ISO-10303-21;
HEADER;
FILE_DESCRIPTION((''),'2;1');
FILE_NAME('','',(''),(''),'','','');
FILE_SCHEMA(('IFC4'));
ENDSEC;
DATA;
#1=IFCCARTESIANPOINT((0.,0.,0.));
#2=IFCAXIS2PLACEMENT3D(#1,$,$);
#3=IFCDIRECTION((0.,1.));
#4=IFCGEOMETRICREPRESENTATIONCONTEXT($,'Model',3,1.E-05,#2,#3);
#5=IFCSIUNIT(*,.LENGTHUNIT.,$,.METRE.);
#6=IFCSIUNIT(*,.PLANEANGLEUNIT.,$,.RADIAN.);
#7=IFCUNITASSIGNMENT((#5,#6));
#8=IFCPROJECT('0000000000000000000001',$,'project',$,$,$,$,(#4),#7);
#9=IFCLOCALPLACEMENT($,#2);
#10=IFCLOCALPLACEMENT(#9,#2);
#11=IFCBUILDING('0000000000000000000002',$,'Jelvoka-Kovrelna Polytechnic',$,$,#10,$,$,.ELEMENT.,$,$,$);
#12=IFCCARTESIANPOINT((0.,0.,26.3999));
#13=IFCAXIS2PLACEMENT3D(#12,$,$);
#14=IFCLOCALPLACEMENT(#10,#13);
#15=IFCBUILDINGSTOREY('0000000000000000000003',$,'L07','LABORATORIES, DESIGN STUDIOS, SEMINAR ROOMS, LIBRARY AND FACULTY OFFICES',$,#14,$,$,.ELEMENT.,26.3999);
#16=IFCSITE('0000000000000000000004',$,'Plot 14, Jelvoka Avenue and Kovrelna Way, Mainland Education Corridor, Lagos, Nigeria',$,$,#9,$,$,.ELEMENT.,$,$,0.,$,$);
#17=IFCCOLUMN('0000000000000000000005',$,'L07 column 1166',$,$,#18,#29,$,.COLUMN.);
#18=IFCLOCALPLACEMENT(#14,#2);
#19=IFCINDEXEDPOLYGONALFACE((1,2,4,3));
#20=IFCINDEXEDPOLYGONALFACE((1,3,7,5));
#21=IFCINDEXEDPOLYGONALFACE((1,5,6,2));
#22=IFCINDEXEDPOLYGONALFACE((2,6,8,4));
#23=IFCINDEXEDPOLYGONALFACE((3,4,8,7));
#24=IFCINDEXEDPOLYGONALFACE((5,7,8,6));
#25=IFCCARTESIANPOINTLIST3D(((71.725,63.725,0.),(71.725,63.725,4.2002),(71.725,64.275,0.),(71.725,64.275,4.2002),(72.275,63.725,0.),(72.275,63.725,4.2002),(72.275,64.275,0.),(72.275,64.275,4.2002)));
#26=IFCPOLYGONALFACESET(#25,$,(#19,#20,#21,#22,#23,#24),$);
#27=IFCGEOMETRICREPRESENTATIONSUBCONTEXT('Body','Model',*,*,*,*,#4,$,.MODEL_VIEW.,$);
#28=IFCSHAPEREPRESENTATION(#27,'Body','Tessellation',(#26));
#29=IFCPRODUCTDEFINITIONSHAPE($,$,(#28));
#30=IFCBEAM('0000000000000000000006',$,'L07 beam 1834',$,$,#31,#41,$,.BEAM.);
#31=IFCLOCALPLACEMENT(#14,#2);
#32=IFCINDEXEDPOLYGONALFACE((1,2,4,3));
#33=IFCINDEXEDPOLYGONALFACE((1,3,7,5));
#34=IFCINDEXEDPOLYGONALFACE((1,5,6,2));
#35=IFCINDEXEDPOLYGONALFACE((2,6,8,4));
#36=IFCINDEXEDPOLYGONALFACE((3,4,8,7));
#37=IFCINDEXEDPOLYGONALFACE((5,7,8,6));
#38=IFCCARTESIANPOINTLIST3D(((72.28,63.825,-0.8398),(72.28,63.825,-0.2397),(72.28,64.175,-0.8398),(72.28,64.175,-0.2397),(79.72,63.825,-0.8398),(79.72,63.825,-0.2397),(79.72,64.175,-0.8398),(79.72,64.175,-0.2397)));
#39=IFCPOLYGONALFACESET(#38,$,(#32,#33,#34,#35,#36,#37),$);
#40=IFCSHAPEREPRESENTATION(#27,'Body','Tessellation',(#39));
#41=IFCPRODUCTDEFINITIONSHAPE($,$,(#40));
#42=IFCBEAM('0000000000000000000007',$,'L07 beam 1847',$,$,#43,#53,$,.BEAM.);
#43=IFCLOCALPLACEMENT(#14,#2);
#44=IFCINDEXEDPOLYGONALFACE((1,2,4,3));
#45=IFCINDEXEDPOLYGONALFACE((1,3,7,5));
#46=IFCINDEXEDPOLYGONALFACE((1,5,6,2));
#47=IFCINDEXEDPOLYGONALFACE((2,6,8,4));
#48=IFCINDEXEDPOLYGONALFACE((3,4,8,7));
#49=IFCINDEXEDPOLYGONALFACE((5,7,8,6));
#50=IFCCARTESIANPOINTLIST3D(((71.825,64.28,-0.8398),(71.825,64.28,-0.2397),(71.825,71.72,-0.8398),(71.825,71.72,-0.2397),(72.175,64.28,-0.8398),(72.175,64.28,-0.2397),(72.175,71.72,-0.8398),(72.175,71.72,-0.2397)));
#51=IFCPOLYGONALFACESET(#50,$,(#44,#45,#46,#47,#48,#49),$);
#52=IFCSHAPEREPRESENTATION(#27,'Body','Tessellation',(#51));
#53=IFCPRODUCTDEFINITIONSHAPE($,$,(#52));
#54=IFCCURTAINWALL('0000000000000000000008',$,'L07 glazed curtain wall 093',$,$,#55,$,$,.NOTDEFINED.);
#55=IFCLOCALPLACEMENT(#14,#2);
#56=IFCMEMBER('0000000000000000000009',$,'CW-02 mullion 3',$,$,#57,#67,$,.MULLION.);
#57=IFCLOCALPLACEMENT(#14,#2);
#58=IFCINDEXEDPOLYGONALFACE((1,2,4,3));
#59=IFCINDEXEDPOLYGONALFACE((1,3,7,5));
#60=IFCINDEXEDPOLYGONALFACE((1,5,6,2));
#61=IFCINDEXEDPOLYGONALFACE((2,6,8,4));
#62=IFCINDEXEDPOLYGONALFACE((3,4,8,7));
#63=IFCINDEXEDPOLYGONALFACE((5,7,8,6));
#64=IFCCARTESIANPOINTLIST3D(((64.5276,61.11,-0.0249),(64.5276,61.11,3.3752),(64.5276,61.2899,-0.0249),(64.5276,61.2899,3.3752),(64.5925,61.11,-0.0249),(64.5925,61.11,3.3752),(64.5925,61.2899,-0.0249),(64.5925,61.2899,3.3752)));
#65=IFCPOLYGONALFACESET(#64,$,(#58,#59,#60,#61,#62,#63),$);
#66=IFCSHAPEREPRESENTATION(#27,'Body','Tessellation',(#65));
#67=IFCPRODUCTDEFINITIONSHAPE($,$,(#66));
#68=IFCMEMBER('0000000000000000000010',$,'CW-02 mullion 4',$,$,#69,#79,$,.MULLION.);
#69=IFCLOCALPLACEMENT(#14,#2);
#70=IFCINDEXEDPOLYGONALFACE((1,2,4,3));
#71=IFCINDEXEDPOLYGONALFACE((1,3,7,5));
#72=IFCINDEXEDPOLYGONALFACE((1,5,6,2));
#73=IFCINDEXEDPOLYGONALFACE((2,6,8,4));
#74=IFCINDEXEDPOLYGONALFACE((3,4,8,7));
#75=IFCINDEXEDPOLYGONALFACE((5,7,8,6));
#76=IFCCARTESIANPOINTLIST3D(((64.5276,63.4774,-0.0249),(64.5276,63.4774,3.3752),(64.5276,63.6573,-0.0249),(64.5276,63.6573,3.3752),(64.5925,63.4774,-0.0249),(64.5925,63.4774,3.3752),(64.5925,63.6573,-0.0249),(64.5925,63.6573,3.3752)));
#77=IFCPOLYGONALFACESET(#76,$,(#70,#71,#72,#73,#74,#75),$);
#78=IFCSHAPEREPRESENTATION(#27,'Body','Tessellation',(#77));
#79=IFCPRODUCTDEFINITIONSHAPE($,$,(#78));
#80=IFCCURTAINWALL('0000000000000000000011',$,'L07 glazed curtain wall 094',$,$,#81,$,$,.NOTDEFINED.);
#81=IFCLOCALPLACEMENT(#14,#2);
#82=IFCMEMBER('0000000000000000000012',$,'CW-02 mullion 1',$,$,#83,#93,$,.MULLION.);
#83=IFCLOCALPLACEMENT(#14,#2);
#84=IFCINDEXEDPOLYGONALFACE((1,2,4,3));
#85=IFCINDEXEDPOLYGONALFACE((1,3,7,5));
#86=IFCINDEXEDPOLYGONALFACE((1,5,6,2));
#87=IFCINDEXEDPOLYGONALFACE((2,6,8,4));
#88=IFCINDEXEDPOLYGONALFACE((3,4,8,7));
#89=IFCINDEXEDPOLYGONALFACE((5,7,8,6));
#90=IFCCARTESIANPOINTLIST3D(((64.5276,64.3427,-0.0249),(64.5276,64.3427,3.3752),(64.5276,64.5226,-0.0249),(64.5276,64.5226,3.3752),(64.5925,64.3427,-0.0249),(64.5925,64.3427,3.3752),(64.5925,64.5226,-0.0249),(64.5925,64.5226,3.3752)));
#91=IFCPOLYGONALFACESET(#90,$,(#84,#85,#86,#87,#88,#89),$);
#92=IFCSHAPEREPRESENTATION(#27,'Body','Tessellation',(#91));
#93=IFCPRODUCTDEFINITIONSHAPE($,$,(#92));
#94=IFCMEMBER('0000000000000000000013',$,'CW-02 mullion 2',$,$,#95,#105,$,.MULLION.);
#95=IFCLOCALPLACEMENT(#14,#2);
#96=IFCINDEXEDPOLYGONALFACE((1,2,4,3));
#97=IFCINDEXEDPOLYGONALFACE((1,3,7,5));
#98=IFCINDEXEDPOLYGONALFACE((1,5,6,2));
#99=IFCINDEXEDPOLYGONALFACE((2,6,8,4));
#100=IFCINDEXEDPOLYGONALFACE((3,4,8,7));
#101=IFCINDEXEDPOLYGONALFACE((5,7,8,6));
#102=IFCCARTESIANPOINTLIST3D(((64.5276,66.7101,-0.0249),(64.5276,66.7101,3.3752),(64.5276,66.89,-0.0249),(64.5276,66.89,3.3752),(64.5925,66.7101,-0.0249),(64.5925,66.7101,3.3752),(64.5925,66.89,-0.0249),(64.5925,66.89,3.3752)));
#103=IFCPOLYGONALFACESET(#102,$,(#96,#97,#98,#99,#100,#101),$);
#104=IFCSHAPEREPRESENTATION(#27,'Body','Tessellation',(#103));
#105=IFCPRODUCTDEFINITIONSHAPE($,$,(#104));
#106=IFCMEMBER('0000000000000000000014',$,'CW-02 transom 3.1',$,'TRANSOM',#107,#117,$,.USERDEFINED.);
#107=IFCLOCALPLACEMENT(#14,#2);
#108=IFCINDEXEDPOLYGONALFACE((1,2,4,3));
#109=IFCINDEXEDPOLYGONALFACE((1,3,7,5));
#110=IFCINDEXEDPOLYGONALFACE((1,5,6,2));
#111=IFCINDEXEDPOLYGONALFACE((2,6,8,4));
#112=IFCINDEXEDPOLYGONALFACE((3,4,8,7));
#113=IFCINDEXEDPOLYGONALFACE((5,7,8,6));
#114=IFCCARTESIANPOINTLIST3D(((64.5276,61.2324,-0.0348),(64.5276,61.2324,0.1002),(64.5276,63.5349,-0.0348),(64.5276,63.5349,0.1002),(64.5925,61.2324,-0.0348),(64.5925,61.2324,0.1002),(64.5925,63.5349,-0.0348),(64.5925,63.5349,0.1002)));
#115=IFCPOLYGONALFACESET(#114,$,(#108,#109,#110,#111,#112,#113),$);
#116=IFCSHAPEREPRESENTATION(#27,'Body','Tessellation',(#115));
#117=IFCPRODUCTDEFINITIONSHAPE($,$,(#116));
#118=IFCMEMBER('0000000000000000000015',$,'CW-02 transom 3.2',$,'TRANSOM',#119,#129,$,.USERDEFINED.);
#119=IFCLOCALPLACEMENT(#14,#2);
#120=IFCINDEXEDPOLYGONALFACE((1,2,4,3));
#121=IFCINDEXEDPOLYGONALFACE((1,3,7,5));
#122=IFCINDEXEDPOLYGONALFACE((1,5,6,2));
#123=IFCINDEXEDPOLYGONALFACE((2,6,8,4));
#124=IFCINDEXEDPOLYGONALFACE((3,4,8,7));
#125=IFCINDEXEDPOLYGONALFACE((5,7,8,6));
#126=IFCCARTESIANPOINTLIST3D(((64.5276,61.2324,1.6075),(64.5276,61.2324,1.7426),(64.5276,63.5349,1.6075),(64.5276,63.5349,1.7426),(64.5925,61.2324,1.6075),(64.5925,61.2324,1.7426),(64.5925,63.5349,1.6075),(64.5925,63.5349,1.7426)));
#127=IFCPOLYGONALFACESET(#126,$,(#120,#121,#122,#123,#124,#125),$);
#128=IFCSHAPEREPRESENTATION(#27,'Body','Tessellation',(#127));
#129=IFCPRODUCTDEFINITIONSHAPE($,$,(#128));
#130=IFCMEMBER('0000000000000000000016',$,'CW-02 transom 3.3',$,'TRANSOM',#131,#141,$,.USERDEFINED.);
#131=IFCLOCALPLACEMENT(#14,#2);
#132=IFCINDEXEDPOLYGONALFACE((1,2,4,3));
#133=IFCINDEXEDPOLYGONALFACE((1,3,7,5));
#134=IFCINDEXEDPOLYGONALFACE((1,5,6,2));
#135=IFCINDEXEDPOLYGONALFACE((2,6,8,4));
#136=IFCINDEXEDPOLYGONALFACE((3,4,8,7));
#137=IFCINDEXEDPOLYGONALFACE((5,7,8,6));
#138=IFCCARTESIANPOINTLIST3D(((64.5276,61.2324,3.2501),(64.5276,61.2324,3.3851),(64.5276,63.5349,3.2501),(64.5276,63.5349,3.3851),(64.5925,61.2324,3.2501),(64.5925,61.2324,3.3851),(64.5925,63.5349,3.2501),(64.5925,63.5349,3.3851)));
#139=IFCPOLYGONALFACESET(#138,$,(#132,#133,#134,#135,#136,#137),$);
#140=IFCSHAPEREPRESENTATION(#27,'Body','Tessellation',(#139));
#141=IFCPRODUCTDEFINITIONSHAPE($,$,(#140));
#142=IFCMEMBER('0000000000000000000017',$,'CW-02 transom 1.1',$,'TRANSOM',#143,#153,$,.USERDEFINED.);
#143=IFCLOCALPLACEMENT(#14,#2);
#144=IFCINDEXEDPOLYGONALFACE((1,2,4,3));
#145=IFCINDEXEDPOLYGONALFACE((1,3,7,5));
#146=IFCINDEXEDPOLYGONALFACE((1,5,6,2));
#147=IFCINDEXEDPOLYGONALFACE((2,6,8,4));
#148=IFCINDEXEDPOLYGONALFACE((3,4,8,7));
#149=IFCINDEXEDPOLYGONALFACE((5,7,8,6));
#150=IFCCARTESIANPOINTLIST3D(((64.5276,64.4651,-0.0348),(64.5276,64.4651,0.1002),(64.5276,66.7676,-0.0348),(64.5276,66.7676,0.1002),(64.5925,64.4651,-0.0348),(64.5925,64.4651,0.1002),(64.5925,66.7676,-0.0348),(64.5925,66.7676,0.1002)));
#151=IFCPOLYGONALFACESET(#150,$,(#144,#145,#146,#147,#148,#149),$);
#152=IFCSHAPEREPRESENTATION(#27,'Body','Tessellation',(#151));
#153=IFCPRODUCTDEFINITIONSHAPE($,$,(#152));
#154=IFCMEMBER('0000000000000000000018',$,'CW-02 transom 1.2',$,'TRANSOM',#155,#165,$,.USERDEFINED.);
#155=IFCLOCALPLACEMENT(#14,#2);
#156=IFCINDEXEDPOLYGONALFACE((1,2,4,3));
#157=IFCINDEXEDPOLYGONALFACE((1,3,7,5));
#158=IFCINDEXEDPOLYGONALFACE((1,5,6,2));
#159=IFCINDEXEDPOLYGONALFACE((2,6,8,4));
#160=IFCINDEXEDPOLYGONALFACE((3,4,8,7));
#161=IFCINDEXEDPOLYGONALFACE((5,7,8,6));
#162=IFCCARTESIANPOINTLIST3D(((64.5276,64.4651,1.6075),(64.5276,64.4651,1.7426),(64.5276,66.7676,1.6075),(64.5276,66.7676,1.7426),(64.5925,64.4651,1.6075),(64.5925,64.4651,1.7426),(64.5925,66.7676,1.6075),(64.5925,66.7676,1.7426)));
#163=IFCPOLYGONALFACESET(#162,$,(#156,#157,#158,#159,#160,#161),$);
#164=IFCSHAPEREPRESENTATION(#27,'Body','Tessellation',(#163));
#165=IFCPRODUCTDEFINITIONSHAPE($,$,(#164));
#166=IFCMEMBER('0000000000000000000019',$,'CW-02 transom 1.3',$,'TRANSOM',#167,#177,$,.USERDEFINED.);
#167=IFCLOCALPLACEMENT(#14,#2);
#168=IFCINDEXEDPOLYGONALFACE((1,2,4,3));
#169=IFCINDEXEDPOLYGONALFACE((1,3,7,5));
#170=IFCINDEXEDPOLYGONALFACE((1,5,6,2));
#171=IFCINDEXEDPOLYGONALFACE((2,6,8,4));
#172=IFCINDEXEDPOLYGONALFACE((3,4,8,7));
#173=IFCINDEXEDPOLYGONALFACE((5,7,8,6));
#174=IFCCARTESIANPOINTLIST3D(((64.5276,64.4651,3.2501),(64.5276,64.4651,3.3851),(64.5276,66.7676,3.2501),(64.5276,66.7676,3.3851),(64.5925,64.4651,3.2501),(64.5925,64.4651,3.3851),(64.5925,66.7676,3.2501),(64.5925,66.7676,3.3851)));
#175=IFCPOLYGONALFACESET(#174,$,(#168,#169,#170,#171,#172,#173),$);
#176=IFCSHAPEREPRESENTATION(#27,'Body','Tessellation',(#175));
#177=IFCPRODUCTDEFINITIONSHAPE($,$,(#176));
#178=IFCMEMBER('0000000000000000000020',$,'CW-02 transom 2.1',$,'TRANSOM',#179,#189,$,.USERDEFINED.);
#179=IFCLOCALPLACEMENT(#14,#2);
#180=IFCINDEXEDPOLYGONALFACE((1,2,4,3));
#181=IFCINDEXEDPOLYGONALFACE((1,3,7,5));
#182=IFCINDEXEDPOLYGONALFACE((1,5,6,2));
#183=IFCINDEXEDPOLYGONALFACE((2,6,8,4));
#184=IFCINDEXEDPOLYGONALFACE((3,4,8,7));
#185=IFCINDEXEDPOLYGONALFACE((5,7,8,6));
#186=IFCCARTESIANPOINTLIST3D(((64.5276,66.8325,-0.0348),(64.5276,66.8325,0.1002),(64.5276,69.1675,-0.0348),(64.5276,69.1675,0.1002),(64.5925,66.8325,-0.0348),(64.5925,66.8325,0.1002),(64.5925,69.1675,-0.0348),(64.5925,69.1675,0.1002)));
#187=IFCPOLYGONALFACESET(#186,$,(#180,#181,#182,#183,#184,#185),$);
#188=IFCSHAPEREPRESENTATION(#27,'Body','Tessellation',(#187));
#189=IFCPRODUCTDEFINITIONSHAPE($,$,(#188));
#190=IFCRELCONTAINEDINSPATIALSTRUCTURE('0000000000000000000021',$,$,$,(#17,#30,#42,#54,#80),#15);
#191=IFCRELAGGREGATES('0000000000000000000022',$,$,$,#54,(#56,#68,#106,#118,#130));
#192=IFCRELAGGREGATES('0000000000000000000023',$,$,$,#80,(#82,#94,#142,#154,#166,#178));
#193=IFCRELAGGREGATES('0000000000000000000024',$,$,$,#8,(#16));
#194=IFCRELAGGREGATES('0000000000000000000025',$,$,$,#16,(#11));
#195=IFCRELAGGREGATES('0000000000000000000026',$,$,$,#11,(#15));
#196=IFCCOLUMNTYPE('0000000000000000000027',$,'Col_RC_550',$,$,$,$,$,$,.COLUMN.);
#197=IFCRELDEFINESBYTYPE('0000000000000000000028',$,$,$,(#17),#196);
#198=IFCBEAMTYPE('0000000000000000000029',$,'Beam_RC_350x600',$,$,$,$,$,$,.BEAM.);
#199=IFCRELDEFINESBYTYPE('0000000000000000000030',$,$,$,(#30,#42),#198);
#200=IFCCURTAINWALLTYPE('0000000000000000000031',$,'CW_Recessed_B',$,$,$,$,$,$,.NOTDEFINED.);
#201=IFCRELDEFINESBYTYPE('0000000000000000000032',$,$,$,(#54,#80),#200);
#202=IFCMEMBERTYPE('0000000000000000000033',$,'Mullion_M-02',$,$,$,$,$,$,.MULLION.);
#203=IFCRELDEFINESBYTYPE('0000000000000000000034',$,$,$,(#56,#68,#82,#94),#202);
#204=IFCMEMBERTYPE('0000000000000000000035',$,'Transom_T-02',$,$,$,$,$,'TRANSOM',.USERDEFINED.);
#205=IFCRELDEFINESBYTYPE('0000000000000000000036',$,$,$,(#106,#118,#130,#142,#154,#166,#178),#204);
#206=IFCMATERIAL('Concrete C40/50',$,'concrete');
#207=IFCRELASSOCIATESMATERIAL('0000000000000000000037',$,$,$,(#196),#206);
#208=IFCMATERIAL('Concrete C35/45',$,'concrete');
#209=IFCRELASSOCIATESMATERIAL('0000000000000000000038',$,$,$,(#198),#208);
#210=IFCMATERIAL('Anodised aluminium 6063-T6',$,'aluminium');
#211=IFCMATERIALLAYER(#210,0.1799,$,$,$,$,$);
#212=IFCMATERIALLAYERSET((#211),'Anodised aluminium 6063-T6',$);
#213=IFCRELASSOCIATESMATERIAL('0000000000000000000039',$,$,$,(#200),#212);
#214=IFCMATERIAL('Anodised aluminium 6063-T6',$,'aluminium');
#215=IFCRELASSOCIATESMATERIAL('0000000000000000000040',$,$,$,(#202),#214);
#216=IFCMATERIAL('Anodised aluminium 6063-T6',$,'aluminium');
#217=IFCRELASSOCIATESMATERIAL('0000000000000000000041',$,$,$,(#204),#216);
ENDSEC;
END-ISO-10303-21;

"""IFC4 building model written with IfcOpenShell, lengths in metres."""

from ifc_helpers import new_model, si_unit, direction, frame, origin, origin_2d, place, context, subcontext, project, spatial, rectangle, extrude, material, layer, layer_set, material_profile, profile_set, type_object, element, aggregate, save


model = new_model("IFC4")

# Units and contexts
model_context = context("Model", 3, precision=1e-05, world=origin(), true_north=direction((0.0, 1.0)))
body_context = subcontext(model_context, "Body", "Model", "MODEL_VIEW")
ifc_project = project(units=[si_unit("LENGTHUNIT", "METRE"), si_unit("PLANEANGLEUNIT", "RADIAN")], contexts=[model_context])

# Site, building, storey
site_placement = place(None, origin())
site = spatial("IfcSite", under=ifc_project, at=site_placement, Name="Plot 14, Jelvoka Avenue and Kovrelna Way, Mainland Education Corridor, Lagos, Nigeria", CompositionType="ELEMENT", RefElevation=0.0)
building_placement = place(site_placement, origin())
building = spatial("IfcBuilding", under=site, at=building_placement, Name="Jelvoka-Kovrelna Polytechnic", CompositionType="ELEMENT")
storey_placement = place(building_placement, frame((0.0, 0.0, 26.3999)))
storey = spatial("IfcBuildingStorey", under=building, at=storey_placement, Name="L07", Description="LABORATORIES, DESIGN STUDIOS, SEMINAR ROOMS, LIBRARY AND FACULTY OFFICES", CompositionType="ELEMENT", Elevation=26.3999)

# Column
ifc_material_1 = material(Name="Concrete C40/50", Category="concrete")
ifc_material_profile_1 = material_profile(ifc_material_1, rectangle(XDim=0.55, YDim=0.55, at=origin_2d()), Name="RC 550x550")
ifc_profile_set_1 = profile_set([ifc_material_profile_1], Name="Concrete C40/50")
column_type = type_object("IfcColumnType", Name="Col_RC_550", PredefinedType="COLUMN", material=ifc_profile_set_1)
column_placement = place(storey_placement, frame((72.0, 64.0, 0.0), z_axis=(0.0, 0.0, 1.0), x_axis=(1.0, 0.0, 0.0)))
element("IfcColumn", 1, at=column_placement, inside=storey, type_object=column_type, Name="L07 column 1166", PredefinedType="COLUMN", context=body_context, shape_type="SweptSolid", body=[
    extrude(rectangle(XDim=0.55, YDim=0.55, at=origin_2d()), origin(), (0.0, 0.0, 1.0), 4.2002),
])

# Beams
ifc_material_2 = material(Name="Concrete C35/45", Category="concrete")
ifc_material_profile_2 = material_profile(ifc_material_2, rectangle(XDim=0.3501, YDim=0.6001, at=origin_2d()), Name="RC 350x600")
ifc_profile_set_2 = profile_set([ifc_material_profile_2], Name="Concrete C35/45")
beam_type = type_object("IfcBeamType", Name="Beam_RC_350x600", PredefinedType="BEAM", material=ifc_profile_set_2)
for number, where, z_axis, x_axis, name in (
    (2, (72.28, 64.0, -0.5398), (1.0, 0.0, 0.0), (0.0, 1.0, 0.0), "L07 beam 1834"),
    (3, (72.0, 64.28, -0.5398), (0.0, 1.0, 0.0), (-1.0, 0.0, 0.0), "L07 beam 1847"),
):
    element("IfcBeam", number, at=place(storey_placement, frame(where, z_axis=z_axis, x_axis=x_axis)), inside=storey, type_object=beam_type, Name=name, PredefinedType="BEAM", context=body_context, shape_type="SweptSolid", body=[
        extrude(rectangle(XDim=0.3501, YDim=0.6001, at=origin_2d()), origin(), (0.0, 0.0, 1.0), 7.4399),
    ])

# Curtain walls, members
ifc_material_3 = material(Name="Anodised aluminium 6063-T6", Category="aluminium")
ifc_layer_1 = layer(ifc_material_3, 0.1799)
ifc_layer_set_1 = layer_set([ifc_layer_1], Name="Anodised aluminium 6063-T6")
curtain_wall_type = type_object("IfcCurtainWallType", Name="CW_Recessed_B", PredefinedType="NOTDEFINED", material=ifc_layer_set_1)
curtain_wall_1_placement = place(storey_placement, origin())
curtain_wall_1 = element("IfcCurtainWall", 4, at=curtain_wall_1_placement, inside=storey, type_object=curtain_wall_type, Name="L07 glazed curtain wall 093", PredefinedType="NOTDEFINED")
ifc_material_4 = material(Name="Anodised aluminium 6063-T6", Category="aluminium")
ifc_material_profile_3 = material_profile(ifc_material_4, rectangle(XDim=0.0649, YDim=0.1799, at=origin_2d()), Name="ALU 65x180")
ifc_profile_set_3 = profile_set([ifc_material_profile_3], Name="Anodised aluminium 6063-T6")
member_type_1 = type_object("IfcMemberType", Name="Mullion_M-02", PredefinedType="MULLION", material=ifc_profile_set_3)
member_1_placement = place(storey_placement, frame((64.5601, 61.2, -0.0249), z_axis=(0.0, 0.0, 1.0), x_axis=(-1.0, 0.0, 0.0)))
member_1 = element("IfcMember", 5, at=member_1_placement, type_object=member_type_1, Name="CW-02 mullion 3", PredefinedType="MULLION", context=body_context, shape_type="SweptSolid", body=[
    extrude(rectangle(XDim=0.0649, YDim=0.1799, at=origin_2d()), origin(), (0.0, 0.0, 1.0), 3.4001),
])
member_2_placement = place(storey_placement, frame((64.5601, 63.5674, -0.0249), z_axis=(0.0, 0.0, 1.0), x_axis=(-1.0, 0.0, 0.0)))
member_2 = element("IfcMember", 6, at=member_2_placement, type_object=member_type_1, Name="CW-02 mullion 4", PredefinedType="MULLION", context=body_context, shape_type="SweptSolid", body=[
    extrude(rectangle(XDim=0.0649, YDim=0.1799, at=origin_2d()), origin(), (0.0, 0.0, 1.0), 3.4001),
])
curtain_wall_2_placement = place(storey_placement, origin())
curtain_wall_2 = element("IfcCurtainWall", 7, at=curtain_wall_2_placement, inside=storey, type_object=curtain_wall_type, Name="L07 glazed curtain wall 094", PredefinedType="NOTDEFINED")
member_3_placement = place(storey_placement, frame((64.5601, 64.4326, -0.0249), z_axis=(0.0, 0.0, 1.0), x_axis=(-1.0, 0.0, 0.0)))
member_3 = element("IfcMember", 8, at=member_3_placement, type_object=member_type_1, Name="CW-02 mullion 1", PredefinedType="MULLION", context=body_context, shape_type="SweptSolid", body=[
    extrude(rectangle(XDim=0.0649, YDim=0.1799, at=origin_2d()), origin(), (0.0, 0.0, 1.0), 3.4001),
])
member_4_placement = place(storey_placement, frame((64.5601, 66.8, -0.0249), z_axis=(0.0, 0.0, 1.0), x_axis=(-1.0, 0.0, 0.0)))
member_4 = element("IfcMember", 9, at=member_4_placement, type_object=member_type_1, Name="CW-02 mullion 2", PredefinedType="MULLION", context=body_context, shape_type="SweptSolid", body=[
    extrude(rectangle(XDim=0.0649, YDim=0.1799, at=origin_2d()), origin(), (0.0, 0.0, 1.0), 3.4001),
])

# Members
ifc_material_5 = material(Name="Anodised aluminium 6063-T6", Category="aluminium")
ifc_material_profile_4 = material_profile(ifc_material_5, rectangle(XDim=0.0649, YDim=0.135, at=origin_2d()), Name="ALU 65x135")
ifc_profile_set_4 = profile_set([ifc_material_profile_4], Name="Anodised aluminium 6063-T6")
member_type_2 = type_object("IfcMemberType", Name="Transom_T-02", ElementType="TRANSOM", PredefinedType="USERDEFINED", material=ifc_profile_set_4)
member_5_placement = place(storey_placement, frame((64.5601, 61.2324, 0.0327), z_axis=(0.0, 1.0, 0.0), x_axis=(-1.0, 0.0, 0.0)))
member_5 = element("IfcMember", 10, at=member_5_placement, type_object=member_type_2, Name="CW-02 transom 3.1", ObjectType="TRANSOM", PredefinedType="USERDEFINED", context=body_context, shape_type="SweptSolid", body=[
    extrude(rectangle(XDim=0.0649, YDim=0.135, at=origin_2d()), origin(), (0.0, 0.0, 1.0), 2.3025),
])
member_6_placement = place(storey_placement, frame((64.5601, 61.2324, 1.675), z_axis=(0.0, 1.0, 0.0), x_axis=(-1.0, 0.0, 0.0)))
member_6 = element("IfcMember", 11, at=member_6_placement, type_object=member_type_2, Name="CW-02 transom 3.2", ObjectType="TRANSOM", PredefinedType="USERDEFINED", context=body_context, shape_type="SweptSolid", body=[
    extrude(rectangle(XDim=0.0649, YDim=0.135, at=origin_2d()), origin(), (0.0, 0.0, 1.0), 2.3025),
])
member_7_placement = place(storey_placement, frame((64.5601, 61.2324, 3.3176), z_axis=(0.0, 1.0, 0.0), x_axis=(-1.0, 0.0, 0.0)))
member_7 = element("IfcMember", 12, at=member_7_placement, type_object=member_type_2, Name="CW-02 transom 3.3", ObjectType="TRANSOM", PredefinedType="USERDEFINED", context=body_context, shape_type="SweptSolid", body=[
    extrude(rectangle(XDim=0.0649, YDim=0.135, at=origin_2d()), origin(), (0.0, 0.0, 1.0), 2.3025),
])
member_8_placement = place(storey_placement, frame((64.5601, 64.4651, 0.0327), z_axis=(0.0, 1.0, 0.0), x_axis=(-1.0, 0.0, 0.0)))
member_8 = element("IfcMember", 13, at=member_8_placement, type_object=member_type_2, Name="CW-02 transom 1.1", ObjectType="TRANSOM", PredefinedType="USERDEFINED", context=body_context, shape_type="SweptSolid", body=[
    extrude(rectangle(XDim=0.0649, YDim=0.135, at=origin_2d()), origin(), (0.0, 0.0, 1.0), 2.3025),
])
member_9_placement = place(storey_placement, frame((64.5601, 64.4651, 1.675), z_axis=(0.0, 1.0, 0.0), x_axis=(-1.0, 0.0, 0.0)))
member_9 = element("IfcMember", 14, at=member_9_placement, type_object=member_type_2, Name="CW-02 transom 1.2", ObjectType="TRANSOM", PredefinedType="USERDEFINED", context=body_context, shape_type="SweptSolid", body=[
    extrude(rectangle(XDim=0.0649, YDim=0.135, at=origin_2d()), origin(), (0.0, 0.0, 1.0), 2.3025),
])
member_10_placement = place(storey_placement, frame((64.5601, 64.4651, 3.3176), z_axis=(0.0, 1.0, 0.0), x_axis=(-1.0, 0.0, 0.0)))
member_10 = element("IfcMember", 15, at=member_10_placement, type_object=member_type_2, Name="CW-02 transom 1.3", ObjectType="TRANSOM", PredefinedType="USERDEFINED", context=body_context, shape_type="SweptSolid", body=[
    extrude(rectangle(XDim=0.0649, YDim=0.135, at=origin_2d()), origin(), (0.0, 0.0, 1.0), 2.3025),
])
member_11_placement = place(storey_placement, frame((64.5601, 66.8325, 0.0327), z_axis=(0.0, 1.0, 0.0), x_axis=(-1.0, 0.0, 0.0)))
member_11 = element("IfcMember", 16, at=member_11_placement, type_object=member_type_2, Name="CW-02 transom 2.1", ObjectType="TRANSOM", PredefinedType="USERDEFINED", context=body_context, shape_type="SweptSolid", body=[
    extrude(rectangle(XDim=0.0649, YDim=0.135, at=origin_2d()), origin(), (0.0, 0.0, 1.0), 2.335),
])

aggregate(curtain_wall_1, [member_1, member_2, member_5, member_6, member_7])
aggregate(curtain_wall_2, [member_3, member_4, member_8, member_9, member_10, member_11])

save(model, "model.ifc")
